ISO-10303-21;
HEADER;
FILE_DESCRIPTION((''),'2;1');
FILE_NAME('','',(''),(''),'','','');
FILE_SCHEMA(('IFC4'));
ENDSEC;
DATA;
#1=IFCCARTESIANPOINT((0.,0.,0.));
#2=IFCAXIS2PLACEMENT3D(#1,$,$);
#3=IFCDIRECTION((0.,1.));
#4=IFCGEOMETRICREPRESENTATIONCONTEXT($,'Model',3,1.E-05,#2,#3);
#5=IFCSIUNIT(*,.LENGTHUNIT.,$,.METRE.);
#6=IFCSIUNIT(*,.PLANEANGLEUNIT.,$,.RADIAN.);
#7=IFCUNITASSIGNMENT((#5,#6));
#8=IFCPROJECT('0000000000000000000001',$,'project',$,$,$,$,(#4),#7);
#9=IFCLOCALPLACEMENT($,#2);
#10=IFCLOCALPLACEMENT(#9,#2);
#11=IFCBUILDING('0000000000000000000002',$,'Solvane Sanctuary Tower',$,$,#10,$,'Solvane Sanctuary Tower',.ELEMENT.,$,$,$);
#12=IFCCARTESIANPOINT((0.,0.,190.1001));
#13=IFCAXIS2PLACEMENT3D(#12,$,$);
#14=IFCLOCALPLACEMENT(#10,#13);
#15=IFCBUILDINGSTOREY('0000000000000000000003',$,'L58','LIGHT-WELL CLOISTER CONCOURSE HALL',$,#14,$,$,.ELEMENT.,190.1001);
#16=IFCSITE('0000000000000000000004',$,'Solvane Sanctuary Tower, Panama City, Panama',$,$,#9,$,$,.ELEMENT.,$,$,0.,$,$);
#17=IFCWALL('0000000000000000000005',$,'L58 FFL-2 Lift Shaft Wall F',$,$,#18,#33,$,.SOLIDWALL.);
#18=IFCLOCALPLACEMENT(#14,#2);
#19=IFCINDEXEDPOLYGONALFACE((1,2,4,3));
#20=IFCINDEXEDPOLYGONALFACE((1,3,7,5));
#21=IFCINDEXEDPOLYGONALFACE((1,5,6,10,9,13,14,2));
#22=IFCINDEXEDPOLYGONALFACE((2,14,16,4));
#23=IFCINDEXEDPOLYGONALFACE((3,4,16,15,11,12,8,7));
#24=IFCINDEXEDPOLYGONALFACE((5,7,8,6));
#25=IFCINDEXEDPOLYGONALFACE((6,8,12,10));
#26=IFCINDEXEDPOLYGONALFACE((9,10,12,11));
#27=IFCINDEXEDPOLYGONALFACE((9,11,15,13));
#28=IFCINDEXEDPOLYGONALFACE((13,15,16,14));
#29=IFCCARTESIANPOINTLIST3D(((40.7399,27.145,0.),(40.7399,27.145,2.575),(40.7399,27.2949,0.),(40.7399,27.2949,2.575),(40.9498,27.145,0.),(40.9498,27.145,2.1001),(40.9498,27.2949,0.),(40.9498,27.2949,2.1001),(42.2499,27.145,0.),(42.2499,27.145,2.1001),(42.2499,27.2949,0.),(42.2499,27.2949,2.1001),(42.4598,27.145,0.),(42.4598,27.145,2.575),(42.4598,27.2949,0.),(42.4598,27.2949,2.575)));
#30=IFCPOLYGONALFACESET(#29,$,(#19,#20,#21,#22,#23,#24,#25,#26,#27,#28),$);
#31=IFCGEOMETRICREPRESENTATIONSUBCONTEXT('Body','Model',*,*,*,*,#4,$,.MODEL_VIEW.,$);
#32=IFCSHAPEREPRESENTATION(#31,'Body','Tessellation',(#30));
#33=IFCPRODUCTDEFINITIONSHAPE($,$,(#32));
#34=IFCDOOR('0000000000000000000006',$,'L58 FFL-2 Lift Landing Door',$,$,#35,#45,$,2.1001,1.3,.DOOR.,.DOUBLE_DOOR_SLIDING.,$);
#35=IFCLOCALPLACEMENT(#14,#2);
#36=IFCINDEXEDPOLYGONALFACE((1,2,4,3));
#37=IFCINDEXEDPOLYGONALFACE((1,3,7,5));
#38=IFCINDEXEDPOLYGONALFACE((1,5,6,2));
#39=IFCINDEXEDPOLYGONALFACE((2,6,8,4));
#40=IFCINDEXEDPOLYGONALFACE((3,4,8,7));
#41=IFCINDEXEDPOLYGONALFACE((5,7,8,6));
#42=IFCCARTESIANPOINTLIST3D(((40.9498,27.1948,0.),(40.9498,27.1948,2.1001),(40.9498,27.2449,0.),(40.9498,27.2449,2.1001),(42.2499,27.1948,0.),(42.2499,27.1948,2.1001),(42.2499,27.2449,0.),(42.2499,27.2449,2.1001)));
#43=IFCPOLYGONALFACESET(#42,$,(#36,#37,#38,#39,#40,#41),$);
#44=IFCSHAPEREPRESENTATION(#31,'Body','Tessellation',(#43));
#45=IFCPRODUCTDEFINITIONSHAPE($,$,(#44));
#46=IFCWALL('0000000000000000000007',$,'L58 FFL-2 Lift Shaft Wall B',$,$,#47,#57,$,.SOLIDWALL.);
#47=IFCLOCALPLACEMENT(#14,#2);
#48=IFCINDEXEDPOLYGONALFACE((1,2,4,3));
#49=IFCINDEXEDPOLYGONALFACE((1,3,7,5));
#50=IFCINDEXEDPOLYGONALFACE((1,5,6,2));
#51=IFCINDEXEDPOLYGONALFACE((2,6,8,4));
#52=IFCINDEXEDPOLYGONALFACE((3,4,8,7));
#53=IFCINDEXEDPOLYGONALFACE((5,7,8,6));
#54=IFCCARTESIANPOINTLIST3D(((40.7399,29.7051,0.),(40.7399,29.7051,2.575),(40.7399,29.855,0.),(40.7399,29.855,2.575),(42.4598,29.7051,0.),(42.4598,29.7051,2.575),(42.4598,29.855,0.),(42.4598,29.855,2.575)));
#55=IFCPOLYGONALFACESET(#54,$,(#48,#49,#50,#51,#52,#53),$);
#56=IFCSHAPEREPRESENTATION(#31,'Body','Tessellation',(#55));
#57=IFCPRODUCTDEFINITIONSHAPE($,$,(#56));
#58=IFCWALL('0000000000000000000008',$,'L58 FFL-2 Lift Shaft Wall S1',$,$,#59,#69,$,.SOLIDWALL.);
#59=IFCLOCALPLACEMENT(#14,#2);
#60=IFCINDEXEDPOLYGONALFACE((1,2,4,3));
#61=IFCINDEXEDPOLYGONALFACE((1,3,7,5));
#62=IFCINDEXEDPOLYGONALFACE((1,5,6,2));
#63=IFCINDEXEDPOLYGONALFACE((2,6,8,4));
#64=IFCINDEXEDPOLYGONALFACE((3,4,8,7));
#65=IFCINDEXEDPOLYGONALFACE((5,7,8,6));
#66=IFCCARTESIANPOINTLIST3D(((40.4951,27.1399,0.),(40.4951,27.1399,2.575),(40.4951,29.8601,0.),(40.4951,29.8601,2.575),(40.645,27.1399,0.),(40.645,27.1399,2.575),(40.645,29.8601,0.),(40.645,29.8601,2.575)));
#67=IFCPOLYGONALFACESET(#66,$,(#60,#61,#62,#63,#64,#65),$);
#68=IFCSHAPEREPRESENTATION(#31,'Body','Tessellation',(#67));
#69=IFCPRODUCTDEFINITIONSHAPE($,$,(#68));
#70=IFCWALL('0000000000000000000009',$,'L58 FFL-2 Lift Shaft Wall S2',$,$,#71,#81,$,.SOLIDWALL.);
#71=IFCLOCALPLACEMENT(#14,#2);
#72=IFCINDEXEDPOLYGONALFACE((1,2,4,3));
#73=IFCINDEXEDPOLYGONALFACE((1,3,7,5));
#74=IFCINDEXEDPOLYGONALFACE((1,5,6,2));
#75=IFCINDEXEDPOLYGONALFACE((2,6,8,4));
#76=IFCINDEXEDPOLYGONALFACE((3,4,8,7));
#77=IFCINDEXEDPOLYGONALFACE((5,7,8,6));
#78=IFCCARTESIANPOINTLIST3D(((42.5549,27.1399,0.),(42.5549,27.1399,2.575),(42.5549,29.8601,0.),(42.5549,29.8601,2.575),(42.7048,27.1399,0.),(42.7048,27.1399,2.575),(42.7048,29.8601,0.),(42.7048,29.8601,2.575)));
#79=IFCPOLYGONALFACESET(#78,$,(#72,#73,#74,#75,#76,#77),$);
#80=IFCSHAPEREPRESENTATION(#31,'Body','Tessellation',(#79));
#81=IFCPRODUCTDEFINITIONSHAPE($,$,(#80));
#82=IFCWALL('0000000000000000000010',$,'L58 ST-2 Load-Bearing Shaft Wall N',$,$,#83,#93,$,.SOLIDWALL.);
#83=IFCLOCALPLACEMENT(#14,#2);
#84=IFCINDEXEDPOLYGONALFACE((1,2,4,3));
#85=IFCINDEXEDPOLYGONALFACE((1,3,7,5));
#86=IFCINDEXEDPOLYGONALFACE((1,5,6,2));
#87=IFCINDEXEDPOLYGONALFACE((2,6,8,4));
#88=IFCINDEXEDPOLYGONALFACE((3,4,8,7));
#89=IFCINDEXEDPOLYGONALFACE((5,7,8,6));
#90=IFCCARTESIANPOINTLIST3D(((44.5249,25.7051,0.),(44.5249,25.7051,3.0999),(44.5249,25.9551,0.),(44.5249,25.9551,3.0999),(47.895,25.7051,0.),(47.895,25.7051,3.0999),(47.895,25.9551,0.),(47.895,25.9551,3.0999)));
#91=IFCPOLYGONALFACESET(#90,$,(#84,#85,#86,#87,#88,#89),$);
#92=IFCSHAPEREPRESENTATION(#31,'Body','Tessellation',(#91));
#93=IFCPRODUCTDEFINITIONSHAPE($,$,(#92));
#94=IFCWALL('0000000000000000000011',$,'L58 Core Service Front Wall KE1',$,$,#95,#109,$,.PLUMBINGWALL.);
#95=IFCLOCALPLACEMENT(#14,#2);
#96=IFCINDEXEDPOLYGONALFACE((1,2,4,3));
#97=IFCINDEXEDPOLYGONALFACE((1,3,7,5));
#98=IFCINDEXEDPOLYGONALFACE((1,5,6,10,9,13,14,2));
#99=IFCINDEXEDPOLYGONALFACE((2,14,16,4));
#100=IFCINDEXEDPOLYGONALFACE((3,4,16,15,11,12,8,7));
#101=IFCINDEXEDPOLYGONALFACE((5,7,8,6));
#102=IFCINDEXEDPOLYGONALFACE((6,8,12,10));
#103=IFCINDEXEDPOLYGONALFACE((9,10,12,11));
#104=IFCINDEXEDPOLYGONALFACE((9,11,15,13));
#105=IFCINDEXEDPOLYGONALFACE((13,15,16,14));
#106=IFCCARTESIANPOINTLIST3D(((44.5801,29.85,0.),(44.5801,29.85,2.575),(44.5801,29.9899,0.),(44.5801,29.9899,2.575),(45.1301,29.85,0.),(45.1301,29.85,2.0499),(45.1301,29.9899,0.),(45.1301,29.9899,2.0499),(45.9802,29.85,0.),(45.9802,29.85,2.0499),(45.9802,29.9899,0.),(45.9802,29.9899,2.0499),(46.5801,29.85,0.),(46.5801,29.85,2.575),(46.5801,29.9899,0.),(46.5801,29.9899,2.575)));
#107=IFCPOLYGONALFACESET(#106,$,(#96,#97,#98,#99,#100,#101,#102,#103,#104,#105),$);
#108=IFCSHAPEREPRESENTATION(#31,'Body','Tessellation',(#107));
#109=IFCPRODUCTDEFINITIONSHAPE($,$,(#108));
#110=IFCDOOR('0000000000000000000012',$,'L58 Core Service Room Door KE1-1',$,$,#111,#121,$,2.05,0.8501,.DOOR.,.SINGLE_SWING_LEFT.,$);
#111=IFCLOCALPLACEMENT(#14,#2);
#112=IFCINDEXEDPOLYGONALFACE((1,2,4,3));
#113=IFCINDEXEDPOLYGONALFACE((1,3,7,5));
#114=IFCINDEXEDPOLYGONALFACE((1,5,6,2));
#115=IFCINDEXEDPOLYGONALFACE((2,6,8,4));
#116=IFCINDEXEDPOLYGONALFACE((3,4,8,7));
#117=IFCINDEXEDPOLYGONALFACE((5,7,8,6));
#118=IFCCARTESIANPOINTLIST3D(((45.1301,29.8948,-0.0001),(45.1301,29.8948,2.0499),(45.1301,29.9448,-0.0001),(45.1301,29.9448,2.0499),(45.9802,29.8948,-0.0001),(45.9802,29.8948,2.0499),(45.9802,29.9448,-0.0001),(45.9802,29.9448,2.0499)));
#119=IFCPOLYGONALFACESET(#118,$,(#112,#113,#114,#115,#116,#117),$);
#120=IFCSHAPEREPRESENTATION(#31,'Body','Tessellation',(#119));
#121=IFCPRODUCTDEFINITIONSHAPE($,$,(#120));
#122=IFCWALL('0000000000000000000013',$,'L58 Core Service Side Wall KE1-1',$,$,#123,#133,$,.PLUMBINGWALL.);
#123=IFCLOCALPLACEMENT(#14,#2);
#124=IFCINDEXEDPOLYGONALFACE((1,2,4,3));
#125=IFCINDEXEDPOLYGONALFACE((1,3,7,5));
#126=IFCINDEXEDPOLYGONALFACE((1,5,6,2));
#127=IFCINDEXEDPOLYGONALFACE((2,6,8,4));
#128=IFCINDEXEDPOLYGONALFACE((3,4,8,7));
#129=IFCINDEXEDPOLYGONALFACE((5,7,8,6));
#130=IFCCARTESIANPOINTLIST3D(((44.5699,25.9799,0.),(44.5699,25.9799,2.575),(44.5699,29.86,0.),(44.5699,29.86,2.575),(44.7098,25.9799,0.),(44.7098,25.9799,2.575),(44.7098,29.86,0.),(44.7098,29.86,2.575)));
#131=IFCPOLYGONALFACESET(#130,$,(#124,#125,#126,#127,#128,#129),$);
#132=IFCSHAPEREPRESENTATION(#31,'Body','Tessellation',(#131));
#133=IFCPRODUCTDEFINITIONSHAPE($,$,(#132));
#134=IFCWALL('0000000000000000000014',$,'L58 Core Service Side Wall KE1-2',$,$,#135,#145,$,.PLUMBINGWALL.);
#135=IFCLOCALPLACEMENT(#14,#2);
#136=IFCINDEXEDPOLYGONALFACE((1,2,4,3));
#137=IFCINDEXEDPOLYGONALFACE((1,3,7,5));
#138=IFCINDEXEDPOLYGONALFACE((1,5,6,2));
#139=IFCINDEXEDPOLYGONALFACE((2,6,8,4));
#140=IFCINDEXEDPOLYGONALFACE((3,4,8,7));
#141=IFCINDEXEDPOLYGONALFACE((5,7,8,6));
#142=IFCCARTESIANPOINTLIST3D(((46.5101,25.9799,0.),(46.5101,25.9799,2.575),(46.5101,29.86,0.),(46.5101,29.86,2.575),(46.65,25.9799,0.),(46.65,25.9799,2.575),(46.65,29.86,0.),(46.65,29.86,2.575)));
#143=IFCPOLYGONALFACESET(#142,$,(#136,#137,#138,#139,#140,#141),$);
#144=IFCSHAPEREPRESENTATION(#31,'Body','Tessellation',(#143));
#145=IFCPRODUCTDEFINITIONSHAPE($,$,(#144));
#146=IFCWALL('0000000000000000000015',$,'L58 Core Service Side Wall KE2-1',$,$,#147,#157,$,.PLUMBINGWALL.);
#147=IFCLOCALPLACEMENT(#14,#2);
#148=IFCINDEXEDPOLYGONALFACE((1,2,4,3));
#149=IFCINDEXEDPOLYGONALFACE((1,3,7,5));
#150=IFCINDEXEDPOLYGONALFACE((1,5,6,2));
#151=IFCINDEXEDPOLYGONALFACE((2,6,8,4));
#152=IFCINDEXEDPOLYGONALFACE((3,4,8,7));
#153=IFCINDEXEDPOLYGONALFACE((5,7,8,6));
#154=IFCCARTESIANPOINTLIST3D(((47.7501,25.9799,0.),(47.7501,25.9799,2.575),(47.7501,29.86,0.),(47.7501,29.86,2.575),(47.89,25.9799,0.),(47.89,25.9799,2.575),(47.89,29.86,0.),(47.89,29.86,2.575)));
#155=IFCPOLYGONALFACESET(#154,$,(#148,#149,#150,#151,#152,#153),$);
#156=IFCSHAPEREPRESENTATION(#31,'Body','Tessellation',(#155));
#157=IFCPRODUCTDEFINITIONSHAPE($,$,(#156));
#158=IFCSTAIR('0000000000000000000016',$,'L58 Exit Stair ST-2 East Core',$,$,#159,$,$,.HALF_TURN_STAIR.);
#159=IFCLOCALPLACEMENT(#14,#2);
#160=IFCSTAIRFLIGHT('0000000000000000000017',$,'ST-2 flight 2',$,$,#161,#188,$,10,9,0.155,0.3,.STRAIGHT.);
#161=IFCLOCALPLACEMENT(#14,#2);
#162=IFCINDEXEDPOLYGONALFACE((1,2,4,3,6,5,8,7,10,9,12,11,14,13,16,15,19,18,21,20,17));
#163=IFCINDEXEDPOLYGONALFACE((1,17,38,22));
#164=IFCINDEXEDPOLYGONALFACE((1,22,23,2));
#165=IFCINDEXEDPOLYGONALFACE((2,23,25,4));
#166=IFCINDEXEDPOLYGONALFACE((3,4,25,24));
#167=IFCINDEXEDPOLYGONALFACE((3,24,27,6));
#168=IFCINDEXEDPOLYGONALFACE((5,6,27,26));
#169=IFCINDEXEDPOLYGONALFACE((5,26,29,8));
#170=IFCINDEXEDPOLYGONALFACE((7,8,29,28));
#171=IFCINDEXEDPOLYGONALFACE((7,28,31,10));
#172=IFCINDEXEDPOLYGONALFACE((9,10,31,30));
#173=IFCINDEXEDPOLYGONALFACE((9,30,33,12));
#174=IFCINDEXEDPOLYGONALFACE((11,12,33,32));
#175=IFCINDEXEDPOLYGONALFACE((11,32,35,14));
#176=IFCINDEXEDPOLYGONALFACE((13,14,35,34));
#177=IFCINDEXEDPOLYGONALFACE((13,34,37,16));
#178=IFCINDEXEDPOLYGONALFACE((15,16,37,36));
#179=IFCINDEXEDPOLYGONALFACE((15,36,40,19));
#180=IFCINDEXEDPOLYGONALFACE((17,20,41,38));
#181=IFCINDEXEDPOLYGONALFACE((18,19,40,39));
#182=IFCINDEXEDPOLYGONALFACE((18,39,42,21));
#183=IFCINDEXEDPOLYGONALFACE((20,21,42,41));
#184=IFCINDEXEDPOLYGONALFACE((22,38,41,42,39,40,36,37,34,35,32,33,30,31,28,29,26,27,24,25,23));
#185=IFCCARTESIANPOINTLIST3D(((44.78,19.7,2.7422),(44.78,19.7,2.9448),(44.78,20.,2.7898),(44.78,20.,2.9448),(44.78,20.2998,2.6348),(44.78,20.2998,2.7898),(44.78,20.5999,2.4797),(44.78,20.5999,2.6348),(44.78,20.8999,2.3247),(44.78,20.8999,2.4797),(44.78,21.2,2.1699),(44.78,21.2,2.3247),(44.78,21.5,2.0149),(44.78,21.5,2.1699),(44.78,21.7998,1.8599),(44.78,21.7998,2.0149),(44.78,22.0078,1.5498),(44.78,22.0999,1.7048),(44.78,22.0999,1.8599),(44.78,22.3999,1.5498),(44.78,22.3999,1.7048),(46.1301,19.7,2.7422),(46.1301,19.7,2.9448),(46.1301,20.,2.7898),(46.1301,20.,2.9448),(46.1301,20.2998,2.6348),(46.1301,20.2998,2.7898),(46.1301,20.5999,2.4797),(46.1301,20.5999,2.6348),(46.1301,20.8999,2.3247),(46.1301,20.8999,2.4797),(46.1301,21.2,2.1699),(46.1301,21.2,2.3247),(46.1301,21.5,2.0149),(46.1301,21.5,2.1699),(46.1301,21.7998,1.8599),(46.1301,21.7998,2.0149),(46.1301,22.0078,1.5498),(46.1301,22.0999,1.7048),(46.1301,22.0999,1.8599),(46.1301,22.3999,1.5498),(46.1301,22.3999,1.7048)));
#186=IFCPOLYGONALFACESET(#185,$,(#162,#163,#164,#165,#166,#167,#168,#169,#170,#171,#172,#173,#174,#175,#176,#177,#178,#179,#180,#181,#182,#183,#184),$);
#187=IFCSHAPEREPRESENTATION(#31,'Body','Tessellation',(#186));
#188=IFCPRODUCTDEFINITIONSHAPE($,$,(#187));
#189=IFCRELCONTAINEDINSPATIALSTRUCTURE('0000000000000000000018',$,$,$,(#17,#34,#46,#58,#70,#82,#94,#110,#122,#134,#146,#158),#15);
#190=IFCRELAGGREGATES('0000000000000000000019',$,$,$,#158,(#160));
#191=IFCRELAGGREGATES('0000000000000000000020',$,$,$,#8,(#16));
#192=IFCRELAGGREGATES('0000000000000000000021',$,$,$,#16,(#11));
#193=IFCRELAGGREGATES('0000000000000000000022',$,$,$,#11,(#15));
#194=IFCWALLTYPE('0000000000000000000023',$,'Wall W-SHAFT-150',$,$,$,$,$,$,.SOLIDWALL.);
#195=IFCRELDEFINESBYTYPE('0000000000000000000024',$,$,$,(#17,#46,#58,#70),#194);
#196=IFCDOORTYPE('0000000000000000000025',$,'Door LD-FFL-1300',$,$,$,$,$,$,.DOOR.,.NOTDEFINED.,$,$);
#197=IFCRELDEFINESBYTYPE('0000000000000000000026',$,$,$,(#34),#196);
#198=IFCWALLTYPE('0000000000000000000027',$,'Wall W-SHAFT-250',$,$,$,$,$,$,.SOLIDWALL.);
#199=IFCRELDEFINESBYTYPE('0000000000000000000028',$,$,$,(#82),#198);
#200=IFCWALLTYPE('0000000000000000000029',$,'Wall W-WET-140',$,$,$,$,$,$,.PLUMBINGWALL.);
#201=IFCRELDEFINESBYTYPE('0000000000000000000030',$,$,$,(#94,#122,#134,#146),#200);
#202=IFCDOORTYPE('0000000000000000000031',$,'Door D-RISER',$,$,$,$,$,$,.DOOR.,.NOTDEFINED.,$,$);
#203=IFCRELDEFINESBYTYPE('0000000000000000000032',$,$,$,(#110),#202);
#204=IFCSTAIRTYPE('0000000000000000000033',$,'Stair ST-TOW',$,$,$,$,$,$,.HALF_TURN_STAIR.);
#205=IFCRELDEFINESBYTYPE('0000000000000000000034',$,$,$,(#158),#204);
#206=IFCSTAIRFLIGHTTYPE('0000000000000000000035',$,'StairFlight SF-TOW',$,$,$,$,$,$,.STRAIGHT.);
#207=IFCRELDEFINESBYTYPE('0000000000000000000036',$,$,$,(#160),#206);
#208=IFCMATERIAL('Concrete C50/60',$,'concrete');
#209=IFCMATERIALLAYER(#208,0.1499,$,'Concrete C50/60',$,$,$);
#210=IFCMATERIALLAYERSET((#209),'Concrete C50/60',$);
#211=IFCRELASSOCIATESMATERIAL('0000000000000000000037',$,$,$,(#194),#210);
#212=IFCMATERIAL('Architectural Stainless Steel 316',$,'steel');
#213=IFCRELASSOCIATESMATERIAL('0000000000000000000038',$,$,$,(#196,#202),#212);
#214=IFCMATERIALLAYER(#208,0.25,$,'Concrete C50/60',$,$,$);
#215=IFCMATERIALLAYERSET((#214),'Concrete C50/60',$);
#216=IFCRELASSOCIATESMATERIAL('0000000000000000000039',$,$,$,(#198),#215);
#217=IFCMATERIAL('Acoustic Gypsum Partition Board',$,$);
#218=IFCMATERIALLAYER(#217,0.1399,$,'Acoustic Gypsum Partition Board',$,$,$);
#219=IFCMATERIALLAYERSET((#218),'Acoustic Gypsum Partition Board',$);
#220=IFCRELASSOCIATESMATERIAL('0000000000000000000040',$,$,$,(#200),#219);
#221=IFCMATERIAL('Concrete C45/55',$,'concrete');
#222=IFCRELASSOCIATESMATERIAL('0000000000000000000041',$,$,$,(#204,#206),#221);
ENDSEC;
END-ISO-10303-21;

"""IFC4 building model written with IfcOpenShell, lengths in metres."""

from ifc_helpers import new_model, si_unit, direction, frame, frame_2d, origin, place, context, subcontext, project, spatial, polyline, rectangle, outline, extrude, material, layer, layer_set, type_object, element, fill, aggregate, save


model = new_model("IFC4")

# Units and contexts
model_context = context("Model", 3, precision=1e-05, world=origin(), true_north=direction((0.0, 1.0)))
body_context = subcontext(model_context, "Body", "Model", "MODEL_VIEW")
ifc_project = project(units=[si_unit("LENGTHUNIT", "METRE"), si_unit("PLANEANGLEUNIT", "RADIAN")], contexts=[model_context])

# Site, building, storey
site_placement = place(None, origin())
site = spatial("IfcSite", under=ifc_project, at=site_placement, Name="Solvane Sanctuary Tower, Panama City, Panama", CompositionType="ELEMENT", RefElevation=0.0)
building_placement = place(site_placement, origin())
building = spatial("IfcBuilding", under=site, at=building_placement, Name="Solvane Sanctuary Tower", LongName="Solvane Sanctuary Tower", CompositionType="ELEMENT")
storey_placement = place(building_placement, frame((0.0, 0.0, 190.1001)))
storey = spatial("IfcBuildingStorey", under=building, at=storey_placement, Name="L58", Description="LIGHT-WELL CLOISTER CONCOURSE HALL", CompositionType="ELEMENT", Elevation=190.1001)

# Shared definitions
ifc_material_1 = material(Name="Acoustic Gypsum Partition Board")

# Shared definitions
ifc_material_2 = material(Name="Architectural Stainless Steel 316", Category="steel")

# Shared definitions
ifc_material_3 = material(Name="Concrete C50/60", Category="concrete")
ifc_layer_1 = layer(ifc_material_3, 0.1499, Name="Concrete C50/60")
ifc_layer_set_1 = layer_set([ifc_layer_1], Name="Concrete C50/60")
wall_type_1 = type_object("IfcWallType", Name="Wall W-SHAFT-150", PredefinedType="SOLIDWALL", material=ifc_layer_set_1)

# Wall, opening, door
wall_1_placement = place(storey_placement, frame((40.74, 27.22, 0.0), z_axis=(0.0, 0.0, 1.0), x_axis=(1.0, 0.0, 0.0)))
wall_1 = element("IfcWall", 1, at=wall_1_placement, inside=storey, type_object=wall_type_1, Name="L58 FFL-2 Lift Shaft Wall F", PredefinedType="SOLIDWALL", context=body_context, shape_type="SweptSolid", body=[
    extrude(rectangle(XDim=1.72, YDim=0.1499, at=frame_2d((0.8599, 0.0))), origin(), (0.0, 0.0, 1.0), 2.575),
])
opening_1_placement = place(wall_1_placement, frame((0.21, 0.0, 0.0)))
opening_1 = element("IfcOpeningElement", 2, at=opening_1_placement, cuts=wall_1, PredefinedType="OPENING", context=body_context, shape_type="SweptSolid", body=[
    extrude(rectangle(XDim=1.3, YDim=2.1001, at=frame_2d((0.6499, 1.05))), frame((0.0, 0.085, 0.0), z_axis=(0.0, -1.0, 0.0), x_axis=(1.0, 0.0, 0.0)), (0.0, 0.0, 1.0), 0.1699),
])
door_type_1 = type_object("IfcDoorType", Name="Door LD-FFL-1300", OperationType="NOTDEFINED", PredefinedType="DOOR", material=ifc_material_2)
door_1_placement = place(opening_1_placement, origin())
door_1 = element("IfcDoor", 3, at=door_1_placement, inside=storey, type_object=door_type_1, Name="L58 FFL-2 Lift Landing Door", OperationType="DOUBLE_DOOR_SLIDING", OverallHeight=2.1001, OverallWidth=1.3, PredefinedType="DOOR", context=body_context, shape_type="SweptSolid", body=[
    extrude(rectangle(XDim=1.3, YDim=2.1001, at=frame_2d((0.6499, 1.05))), frame((0.0, 0.0249, 0.0), z_axis=(0.0, -1.0, 0.0), x_axis=(1.0, 0.0, 0.0)), (0.0, 0.0, 1.0), 0.05),
])
fill(opening_1, door_1)

# Walls
wall_2_placement = place(storey_placement, frame((40.74, 29.78, 0.0), z_axis=(0.0, 0.0, 1.0), x_axis=(1.0, 0.0, 0.0)))
element("IfcWall", 4, at=wall_2_placement, inside=storey, type_object=wall_type_1, Name="L58 FFL-2 Lift Shaft Wall B", PredefinedType="SOLIDWALL", context=body_context, shape_type="SweptSolid", body=[
    extrude(rectangle(XDim=1.72, YDim=0.1499, at=frame_2d((0.8599, 0.0))), origin(), (0.0, 0.0, 1.0), 2.575),
])
for number, where, z_axis, x_axis, name in (
    (5, (40.5701, 27.1399, 0.0), (0.0, 0.0, 1.0), (0.0, 1.0, 0.0), "L58 FFL-2 Lift Shaft Wall S1"),
    (6, (42.6299, 27.1399, 0.0), (0.0, 0.0, 1.0), (0.0, 1.0, 0.0), "L58 FFL-2 Lift Shaft Wall S2"),
):
    element("IfcWall", number, at=place(storey_placement, frame(where, z_axis=z_axis, x_axis=x_axis)), inside=storey, type_object=wall_type_1, Name=name, PredefinedType="SOLIDWALL", context=body_context, shape_type="SweptSolid", body=[
        extrude(rectangle(XDim=2.7202, YDim=0.1499, at=frame_2d((1.3601, 0.0))), origin(), (0.0, 0.0, 1.0), 2.575),
    ])
ifc_layer_2 = layer(ifc_material_3, 0.25, Name="Concrete C50/60")
ifc_layer_set_2 = layer_set([ifc_layer_2], Name="Concrete C50/60")
wall_type_2 = type_object("IfcWallType", Name="Wall W-SHAFT-250", PredefinedType="SOLIDWALL", material=ifc_layer_set_2)
wall_3_placement = place(storey_placement, frame((44.5249, 25.8301, 0.0), z_axis=(0.0, 0.0, 1.0), x_axis=(1.0, 0.0, 0.0)))
element("IfcWall", 7, at=wall_3_placement, inside=storey, type_object=wall_type_2, Name="L58 ST-2 Load-Bearing Shaft Wall N", PredefinedType="SOLIDWALL", context=body_context, shape_type="SweptSolid", body=[
    extrude(rectangle(XDim=3.3701, YDim=0.25, at=frame_2d((1.6851, 0.0))), origin(), (0.0, 0.0, 1.0), 3.0999),
])

# Wall, opening, door
ifc_layer_3 = layer(ifc_material_1, 0.1399, Name="Acoustic Gypsum Partition Board")
ifc_layer_set_3 = layer_set([ifc_layer_3], Name="Acoustic Gypsum Partition Board")
wall_type_3 = type_object("IfcWallType", Name="Wall W-WET-140", PredefinedType="PLUMBINGWALL", material=ifc_layer_set_3)
wall_4_placement = place(storey_placement, frame((44.5801, 29.9199, 0.0), z_axis=(0.0, 0.0, 1.0), x_axis=(1.0, 0.0, 0.0)))
wall_4 = element("IfcWall", 8, at=wall_4_placement, inside=storey, type_object=wall_type_3, Name="L58 Core Service Front Wall KE1", PredefinedType="PLUMBINGWALL", context=body_context, shape_type="SweptSolid", body=[
    extrude(rectangle(XDim=2.0, YDim=0.1399, at=frame_2d((1.0, 0.0))), origin(), (0.0, 0.0, 1.0), 2.575),
])
opening_2_placement = place(wall_4_placement, frame((0.55, 0.0, 0.0)))
opening_2 = element("IfcOpeningElement", 9, at=opening_2_placement, cuts=wall_4, PredefinedType="OPENING", context=body_context, shape_type="SweptSolid", body=[
    extrude(rectangle(XDim=0.8501, YDim=2.05, at=frame_2d((0.425, 1.0249))), frame((0.0, 0.0798, 0.0), z_axis=(0.0, -1.0, 0.0), x_axis=(1.0, 0.0, 0.0)), (0.0, 0.0, 1.0), 0.1599),
])
door_type_2 = type_object("IfcDoorType", Name="Door D-RISER", OperationType="NOTDEFINED", PredefinedType="DOOR", material=ifc_material_2)
door_2_placement = place(opening_2_placement, origin())
door_2 = element("IfcDoor", 10, at=door_2_placement, inside=storey, type_object=door_type_2, Name="L58 Core Service Room Door KE1-1", OperationType="SINGLE_SWING_LEFT", OverallHeight=2.05, OverallWidth=0.8501, PredefinedType="DOOR", context=body_context, shape_type="SweptSolid", body=[
    extrude(rectangle(XDim=0.8501, YDim=2.05, at=frame_2d((0.425, 1.0249))), frame((0.0, 0.0249, 0.0), z_axis=(0.0, -1.0, 0.0), x_axis=(1.0, 0.0, 0.0)), (0.0, 0.0, 1.0), 0.05),
])
fill(opening_2, door_2)

# Walls
for number, where, z_axis, x_axis, name in (
    (11, (44.6399, 25.98, 0.0), (0.0, 0.0, 1.0), (0.0, 1.0, 0.0), "L58 Core Service Side Wall KE1-1"),
    (12, (46.5801, 25.98, 0.0), (0.0, 0.0, 1.0), (0.0, 1.0, 0.0), "L58 Core Service Side Wall KE1-2"),
    (13, (47.8201, 25.98, 0.0), (0.0, 0.0, 1.0), (0.0, 1.0, 0.0), "L58 Core Service Side Wall KE2-1"),
):
    element("IfcWall", number, at=place(storey_placement, frame(where, z_axis=z_axis, x_axis=x_axis)), inside=storey, type_object=wall_type_3, Name=name, PredefinedType="PLUMBINGWALL", context=body_context, shape_type="SweptSolid", body=[
        extrude(rectangle(XDim=3.8801, YDim=0.1399, at=frame_2d((1.9399, 0.0))), origin(), (0.0, 0.0, 1.0), 2.575),
    ])

# Stair, stair flight
ifc_material_4 = material(Name="Concrete C45/55", Category="concrete")
stair_type = type_object("IfcStairType", Name="Stair ST-TOW", PredefinedType="HALF_TURN_STAIR", material=ifc_material_4)
stair_placement = place(storey_placement, origin())
stair = element("IfcStair", 14, at=stair_placement, inside=storey, type_object=stair_type, Name="L58 Exit Stair ST-2 East Core", PredefinedType="HALF_TURN_STAIR")
stair_flight_type = type_object("IfcStairFlightType", Name="StairFlight SF-TOW", PredefinedType="STRAIGHT", material=ifc_material_4)
stair_flight_placement = place(storey_placement, frame((45.4551, 22.3999, 1.5498), z_axis=(0.0, 0.0, 1.0), x_axis=(0.0, -1.0, 0.0)))
stair_flight = element("IfcStairFlight", 15, at=stair_flight_placement, type_object=stair_flight_type, Name="ST-2 flight 2", NumberOfRisers=10, NumberOfTreads=9, PredefinedType="STRAIGHT", RiserHeight=0.155, TreadLength=0.3, context=body_context, shape_type="SweptSolid", body=[
    extrude(outline(polyline([(0.0, 0.0), (0.0, 0.155), (0.3, 0.155), (0.3, 0.3101), (0.6001, 0.3101), (0.6001, 0.4651), (0.8999, 0.4651), (0.8999, 0.6201), (1.2, 0.6201), (1.2, 0.7749), (1.5, 0.7749), (1.5, 0.9299), (1.8, 0.9299), (1.8, 1.085), (2.1001, 1.085), (2.1001, 1.24), (2.3999, 1.24), (2.3999, 1.395), (2.7, 1.395), (2.7, 1.55), (2.7, 1.1924), (0.3921, 0.0), (0.0, 0.0)])), frame((0.0, 0.675, 0.0), z_axis=(0.0, -1.0, 0.0), x_axis=(1.0, 0.0, 0.0)), (0.0, 0.0, 1.0), 1.3501),
])
aggregate(stair, [stair_flight])

save(model, "model.ifc")
